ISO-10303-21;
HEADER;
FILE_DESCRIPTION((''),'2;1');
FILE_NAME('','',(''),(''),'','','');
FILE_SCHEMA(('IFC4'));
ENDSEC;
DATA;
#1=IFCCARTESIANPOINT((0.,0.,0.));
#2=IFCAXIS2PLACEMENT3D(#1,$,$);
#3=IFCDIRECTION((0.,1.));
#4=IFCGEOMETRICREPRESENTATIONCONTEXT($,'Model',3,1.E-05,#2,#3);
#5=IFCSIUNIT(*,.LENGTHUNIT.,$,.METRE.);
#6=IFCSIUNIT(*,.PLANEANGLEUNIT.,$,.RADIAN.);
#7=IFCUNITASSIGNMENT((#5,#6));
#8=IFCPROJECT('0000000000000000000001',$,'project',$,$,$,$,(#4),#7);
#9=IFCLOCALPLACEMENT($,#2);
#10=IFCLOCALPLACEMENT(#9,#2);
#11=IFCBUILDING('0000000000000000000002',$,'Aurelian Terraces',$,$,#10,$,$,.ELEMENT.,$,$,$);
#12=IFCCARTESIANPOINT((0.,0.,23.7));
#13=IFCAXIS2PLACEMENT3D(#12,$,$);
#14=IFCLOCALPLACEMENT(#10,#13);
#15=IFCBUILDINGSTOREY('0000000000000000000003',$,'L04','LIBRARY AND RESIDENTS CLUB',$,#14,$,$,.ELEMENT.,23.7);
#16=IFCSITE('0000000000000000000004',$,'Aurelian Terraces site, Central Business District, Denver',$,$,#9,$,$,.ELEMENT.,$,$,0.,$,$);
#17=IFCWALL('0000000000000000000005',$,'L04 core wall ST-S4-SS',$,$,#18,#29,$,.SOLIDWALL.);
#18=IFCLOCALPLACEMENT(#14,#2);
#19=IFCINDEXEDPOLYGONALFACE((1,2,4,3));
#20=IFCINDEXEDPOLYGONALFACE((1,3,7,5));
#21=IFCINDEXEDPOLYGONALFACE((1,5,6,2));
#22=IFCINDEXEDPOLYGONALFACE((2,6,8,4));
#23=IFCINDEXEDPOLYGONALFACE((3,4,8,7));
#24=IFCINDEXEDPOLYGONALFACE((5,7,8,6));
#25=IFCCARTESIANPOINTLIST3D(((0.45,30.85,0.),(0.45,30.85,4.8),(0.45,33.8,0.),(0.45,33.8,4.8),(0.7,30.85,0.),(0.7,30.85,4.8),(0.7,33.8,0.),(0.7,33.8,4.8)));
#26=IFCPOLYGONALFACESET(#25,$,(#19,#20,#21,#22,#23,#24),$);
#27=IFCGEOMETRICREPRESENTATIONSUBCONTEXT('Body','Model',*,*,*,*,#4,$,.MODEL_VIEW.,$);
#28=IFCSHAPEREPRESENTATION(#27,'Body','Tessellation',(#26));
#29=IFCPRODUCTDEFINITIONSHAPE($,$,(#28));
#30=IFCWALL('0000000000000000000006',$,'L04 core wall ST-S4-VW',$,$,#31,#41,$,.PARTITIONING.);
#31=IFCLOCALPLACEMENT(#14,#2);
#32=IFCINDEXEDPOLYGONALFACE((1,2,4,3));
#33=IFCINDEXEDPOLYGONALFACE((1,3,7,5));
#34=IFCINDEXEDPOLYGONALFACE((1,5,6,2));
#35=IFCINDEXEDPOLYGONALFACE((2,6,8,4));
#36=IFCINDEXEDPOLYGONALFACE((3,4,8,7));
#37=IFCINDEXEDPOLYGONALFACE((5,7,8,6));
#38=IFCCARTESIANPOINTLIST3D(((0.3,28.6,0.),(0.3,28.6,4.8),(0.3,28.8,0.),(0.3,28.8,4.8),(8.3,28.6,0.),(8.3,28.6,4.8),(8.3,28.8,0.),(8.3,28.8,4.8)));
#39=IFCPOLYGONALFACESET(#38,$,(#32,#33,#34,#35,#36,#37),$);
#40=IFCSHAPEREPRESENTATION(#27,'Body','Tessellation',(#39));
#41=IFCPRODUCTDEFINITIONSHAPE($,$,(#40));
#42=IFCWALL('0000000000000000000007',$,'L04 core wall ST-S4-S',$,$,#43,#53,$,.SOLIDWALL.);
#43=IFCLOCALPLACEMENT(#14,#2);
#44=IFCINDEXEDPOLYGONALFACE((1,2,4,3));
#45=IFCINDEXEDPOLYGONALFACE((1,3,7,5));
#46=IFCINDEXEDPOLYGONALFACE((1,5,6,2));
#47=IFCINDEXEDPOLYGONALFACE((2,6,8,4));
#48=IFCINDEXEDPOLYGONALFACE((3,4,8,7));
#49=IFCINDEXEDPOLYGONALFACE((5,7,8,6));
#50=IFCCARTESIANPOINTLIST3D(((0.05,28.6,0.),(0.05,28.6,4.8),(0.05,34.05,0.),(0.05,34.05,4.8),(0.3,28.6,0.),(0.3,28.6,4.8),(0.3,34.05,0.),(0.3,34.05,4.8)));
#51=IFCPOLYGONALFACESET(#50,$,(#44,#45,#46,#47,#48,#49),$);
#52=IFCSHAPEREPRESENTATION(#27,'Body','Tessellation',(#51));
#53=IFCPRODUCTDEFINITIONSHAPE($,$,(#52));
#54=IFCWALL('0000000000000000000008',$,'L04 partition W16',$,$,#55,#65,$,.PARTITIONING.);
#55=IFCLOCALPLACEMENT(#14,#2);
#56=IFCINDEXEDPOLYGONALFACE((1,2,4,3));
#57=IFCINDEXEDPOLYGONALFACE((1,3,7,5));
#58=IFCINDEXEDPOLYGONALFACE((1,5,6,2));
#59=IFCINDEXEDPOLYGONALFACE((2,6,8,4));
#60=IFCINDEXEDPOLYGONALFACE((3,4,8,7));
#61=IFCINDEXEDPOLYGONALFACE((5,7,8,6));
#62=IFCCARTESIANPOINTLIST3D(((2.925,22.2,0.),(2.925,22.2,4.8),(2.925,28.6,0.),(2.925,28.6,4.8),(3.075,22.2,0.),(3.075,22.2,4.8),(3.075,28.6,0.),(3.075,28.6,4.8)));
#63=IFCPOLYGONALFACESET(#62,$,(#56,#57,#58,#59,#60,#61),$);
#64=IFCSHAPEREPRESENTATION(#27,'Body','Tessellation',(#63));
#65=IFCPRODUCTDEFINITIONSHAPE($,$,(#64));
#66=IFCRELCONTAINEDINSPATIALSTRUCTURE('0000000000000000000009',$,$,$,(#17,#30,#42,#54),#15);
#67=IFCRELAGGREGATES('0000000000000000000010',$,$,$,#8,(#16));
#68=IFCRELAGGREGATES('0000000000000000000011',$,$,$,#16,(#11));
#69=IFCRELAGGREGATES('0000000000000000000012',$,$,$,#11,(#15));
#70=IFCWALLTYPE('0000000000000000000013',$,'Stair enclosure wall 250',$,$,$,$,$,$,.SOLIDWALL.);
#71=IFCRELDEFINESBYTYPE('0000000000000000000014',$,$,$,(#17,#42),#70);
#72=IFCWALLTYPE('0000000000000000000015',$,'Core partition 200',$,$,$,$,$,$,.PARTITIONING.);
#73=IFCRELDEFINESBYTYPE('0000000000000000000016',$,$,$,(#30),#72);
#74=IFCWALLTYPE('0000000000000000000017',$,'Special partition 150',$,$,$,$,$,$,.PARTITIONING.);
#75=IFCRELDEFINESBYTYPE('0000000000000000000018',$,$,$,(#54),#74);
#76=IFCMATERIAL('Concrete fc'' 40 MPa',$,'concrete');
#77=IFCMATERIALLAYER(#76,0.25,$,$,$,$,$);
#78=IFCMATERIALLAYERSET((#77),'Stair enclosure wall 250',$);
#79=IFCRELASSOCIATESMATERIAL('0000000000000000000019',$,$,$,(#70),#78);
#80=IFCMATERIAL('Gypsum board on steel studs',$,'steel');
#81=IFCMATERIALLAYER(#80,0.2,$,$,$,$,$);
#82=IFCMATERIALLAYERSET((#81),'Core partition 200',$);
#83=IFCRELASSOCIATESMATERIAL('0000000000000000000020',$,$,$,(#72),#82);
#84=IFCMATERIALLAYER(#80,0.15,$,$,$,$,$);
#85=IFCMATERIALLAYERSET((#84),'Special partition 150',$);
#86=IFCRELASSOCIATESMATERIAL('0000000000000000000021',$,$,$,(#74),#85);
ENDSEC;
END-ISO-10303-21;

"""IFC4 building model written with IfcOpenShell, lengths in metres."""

from ifc_helpers import new_model, si_unit, direction, frame, frame_2d, origin, place, context, subcontext, project, spatial, rectangle, extrude, source, transform, mapped, material, layer, layer_set, type_object, element, save


model = new_model("IFC4")

# Units and contexts
model_context = context("Model", 3, precision=1e-05, world=origin(), true_north=direction((0.0, 1.0)))
body_context = subcontext(model_context, "Body", "Model", "MODEL_VIEW")
ifc_project = project(units=[si_unit("LENGTHUNIT", "METRE"), si_unit("PLANEANGLEUNIT", "RADIAN")], contexts=[model_context])

# Site, building, storey
site_placement = place(None, origin())
site = spatial("IfcSite", under=ifc_project, at=site_placement, Name="Aurelian Terraces site, Central Business District, Denver", CompositionType="ELEMENT", RefElevation=0.0)
building_placement = place(site_placement, origin())
building = spatial("IfcBuilding", under=site, at=building_placement, Name="Aurelian Terraces", CompositionType="ELEMENT")
storey_placement = place(building_placement, frame((0.0, 0.0, 23.7)))
storey = spatial("IfcBuildingStorey", under=building, at=storey_placement, Name="L04", Description="LIBRARY AND RESIDENTS CLUB", CompositionType="ELEMENT", Elevation=23.7)

# Shared definitions
ifc_material_1 = material(Name="Concrete fc' 40 MPa", Category="concrete")
ifc_layer_1 = layer(ifc_material_1, 0.25)
ifc_layer_set_1 = layer_set([ifc_layer_1], Name="Stair enclosure wall 250")
wall_type_1 = type_object("IfcWallType", Name="Stair enclosure wall 250", PredefinedType="SOLIDWALL", material=ifc_layer_set_1)

# Walls
shared_shape_1 = source(origin(), body_context, "Body", "SweptSolid", [
    extrude(rectangle(XDim=2.95, YDim=0.25, at=frame_2d((1.475, 0.0))), origin(), (0.0, 0.0, 1.0), 4.8),
])
wall_1_placement = place(storey_placement, frame((0.575, 30.85, 0.0), z_axis=(0.0, 0.0, 1.0), x_axis=(0.0, 1.0, 0.0)))
element("IfcWall", 1, at=wall_1_placement, inside=storey, type_object=wall_type_1, Name="L04 core wall ST-S4-SS", PredefinedType="SOLIDWALL", context=body_context, shape_type="MappedRepresentation", body=[
    mapped(shared_shape_1, transform((0.0, 0.0, 0.0), scale=1.0)),
])
ifc_material_2 = material(Name="Gypsum board on steel studs", Category="steel")
ifc_layer_2 = layer(ifc_material_2, 0.2)
ifc_layer_set_2 = layer_set([ifc_layer_2], Name="Core partition 200")
wall_type_2 = type_object("IfcWallType", Name="Core partition 200", PredefinedType="PARTITIONING", material=ifc_layer_set_2)
shared_shape_2 = source(origin(), body_context, "Body", "SweptSolid", [
    extrude(rectangle(XDim=8.0, YDim=0.2, at=frame_2d((4.0, 0.0))), origin(), (0.0, 0.0, 1.0), 4.8),
])
wall_2_placement = place(storey_placement, frame((0.3, 28.7, 0.0), z_axis=(0.0, 0.0, 1.0), x_axis=(1.0, 0.0, 0.0)))
element("IfcWall", 2, at=wall_2_placement, inside=storey, type_object=wall_type_2, Name="L04 core wall ST-S4-VW", PredefinedType="PARTITIONING", context=body_context, shape_type="MappedRepresentation", body=[
    mapped(shared_shape_2, transform((0.0, 0.0, 0.0), scale=1.0)),
])
shared_shape_3 = source(origin(), body_context, "Body", "SweptSolid", [
    extrude(rectangle(XDim=5.45, YDim=0.25, at=frame_2d((2.725, 0.0))), origin(), (0.0, 0.0, 1.0), 4.8),
])
wall_3_placement = place(storey_placement, frame((0.175, 28.6, 0.0), z_axis=(0.0, 0.0, 1.0), x_axis=(0.0, 1.0, 0.0)))
element("IfcWall", 3, at=wall_3_placement, inside=storey, type_object=wall_type_1, Name="L04 core wall ST-S4-S", PredefinedType="SOLIDWALL", context=body_context, shape_type="MappedRepresentation", body=[
    mapped(shared_shape_3, transform((0.0, 0.0, 0.0), scale=1.0)),
])
ifc_layer_3 = layer(ifc_material_2, 0.15)
ifc_layer_set_3 = layer_set([ifc_layer_3], Name="Special partition 150")
wall_type_3 = type_object("IfcWallType", Name="Special partition 150", PredefinedType="PARTITIONING", material=ifc_layer_set_3)
shared_shape_4 = source(origin(), body_context, "Body", "SweptSolid", [
    extrude(rectangle(XDim=6.4, YDim=0.15, at=frame_2d((3.2, 0.0))), origin(), (0.0, 0.0, 1.0), 4.8),
])
wall_4_placement = place(storey_placement, frame((3.0, 22.2, 0.0), z_axis=(0.0, 0.0, 1.0), x_axis=(0.0, 1.0, 0.0)))
element("IfcWall", 4, at=wall_4_placement, inside=storey, type_object=wall_type_3, Name="L04 partition W16", PredefinedType="PARTITIONING", context=body_context, shape_type="MappedRepresentation", body=[
    mapped(shared_shape_4, transform((0.0, 0.0, 0.0), scale=1.0)),
])

save(model, "model.ifc")
